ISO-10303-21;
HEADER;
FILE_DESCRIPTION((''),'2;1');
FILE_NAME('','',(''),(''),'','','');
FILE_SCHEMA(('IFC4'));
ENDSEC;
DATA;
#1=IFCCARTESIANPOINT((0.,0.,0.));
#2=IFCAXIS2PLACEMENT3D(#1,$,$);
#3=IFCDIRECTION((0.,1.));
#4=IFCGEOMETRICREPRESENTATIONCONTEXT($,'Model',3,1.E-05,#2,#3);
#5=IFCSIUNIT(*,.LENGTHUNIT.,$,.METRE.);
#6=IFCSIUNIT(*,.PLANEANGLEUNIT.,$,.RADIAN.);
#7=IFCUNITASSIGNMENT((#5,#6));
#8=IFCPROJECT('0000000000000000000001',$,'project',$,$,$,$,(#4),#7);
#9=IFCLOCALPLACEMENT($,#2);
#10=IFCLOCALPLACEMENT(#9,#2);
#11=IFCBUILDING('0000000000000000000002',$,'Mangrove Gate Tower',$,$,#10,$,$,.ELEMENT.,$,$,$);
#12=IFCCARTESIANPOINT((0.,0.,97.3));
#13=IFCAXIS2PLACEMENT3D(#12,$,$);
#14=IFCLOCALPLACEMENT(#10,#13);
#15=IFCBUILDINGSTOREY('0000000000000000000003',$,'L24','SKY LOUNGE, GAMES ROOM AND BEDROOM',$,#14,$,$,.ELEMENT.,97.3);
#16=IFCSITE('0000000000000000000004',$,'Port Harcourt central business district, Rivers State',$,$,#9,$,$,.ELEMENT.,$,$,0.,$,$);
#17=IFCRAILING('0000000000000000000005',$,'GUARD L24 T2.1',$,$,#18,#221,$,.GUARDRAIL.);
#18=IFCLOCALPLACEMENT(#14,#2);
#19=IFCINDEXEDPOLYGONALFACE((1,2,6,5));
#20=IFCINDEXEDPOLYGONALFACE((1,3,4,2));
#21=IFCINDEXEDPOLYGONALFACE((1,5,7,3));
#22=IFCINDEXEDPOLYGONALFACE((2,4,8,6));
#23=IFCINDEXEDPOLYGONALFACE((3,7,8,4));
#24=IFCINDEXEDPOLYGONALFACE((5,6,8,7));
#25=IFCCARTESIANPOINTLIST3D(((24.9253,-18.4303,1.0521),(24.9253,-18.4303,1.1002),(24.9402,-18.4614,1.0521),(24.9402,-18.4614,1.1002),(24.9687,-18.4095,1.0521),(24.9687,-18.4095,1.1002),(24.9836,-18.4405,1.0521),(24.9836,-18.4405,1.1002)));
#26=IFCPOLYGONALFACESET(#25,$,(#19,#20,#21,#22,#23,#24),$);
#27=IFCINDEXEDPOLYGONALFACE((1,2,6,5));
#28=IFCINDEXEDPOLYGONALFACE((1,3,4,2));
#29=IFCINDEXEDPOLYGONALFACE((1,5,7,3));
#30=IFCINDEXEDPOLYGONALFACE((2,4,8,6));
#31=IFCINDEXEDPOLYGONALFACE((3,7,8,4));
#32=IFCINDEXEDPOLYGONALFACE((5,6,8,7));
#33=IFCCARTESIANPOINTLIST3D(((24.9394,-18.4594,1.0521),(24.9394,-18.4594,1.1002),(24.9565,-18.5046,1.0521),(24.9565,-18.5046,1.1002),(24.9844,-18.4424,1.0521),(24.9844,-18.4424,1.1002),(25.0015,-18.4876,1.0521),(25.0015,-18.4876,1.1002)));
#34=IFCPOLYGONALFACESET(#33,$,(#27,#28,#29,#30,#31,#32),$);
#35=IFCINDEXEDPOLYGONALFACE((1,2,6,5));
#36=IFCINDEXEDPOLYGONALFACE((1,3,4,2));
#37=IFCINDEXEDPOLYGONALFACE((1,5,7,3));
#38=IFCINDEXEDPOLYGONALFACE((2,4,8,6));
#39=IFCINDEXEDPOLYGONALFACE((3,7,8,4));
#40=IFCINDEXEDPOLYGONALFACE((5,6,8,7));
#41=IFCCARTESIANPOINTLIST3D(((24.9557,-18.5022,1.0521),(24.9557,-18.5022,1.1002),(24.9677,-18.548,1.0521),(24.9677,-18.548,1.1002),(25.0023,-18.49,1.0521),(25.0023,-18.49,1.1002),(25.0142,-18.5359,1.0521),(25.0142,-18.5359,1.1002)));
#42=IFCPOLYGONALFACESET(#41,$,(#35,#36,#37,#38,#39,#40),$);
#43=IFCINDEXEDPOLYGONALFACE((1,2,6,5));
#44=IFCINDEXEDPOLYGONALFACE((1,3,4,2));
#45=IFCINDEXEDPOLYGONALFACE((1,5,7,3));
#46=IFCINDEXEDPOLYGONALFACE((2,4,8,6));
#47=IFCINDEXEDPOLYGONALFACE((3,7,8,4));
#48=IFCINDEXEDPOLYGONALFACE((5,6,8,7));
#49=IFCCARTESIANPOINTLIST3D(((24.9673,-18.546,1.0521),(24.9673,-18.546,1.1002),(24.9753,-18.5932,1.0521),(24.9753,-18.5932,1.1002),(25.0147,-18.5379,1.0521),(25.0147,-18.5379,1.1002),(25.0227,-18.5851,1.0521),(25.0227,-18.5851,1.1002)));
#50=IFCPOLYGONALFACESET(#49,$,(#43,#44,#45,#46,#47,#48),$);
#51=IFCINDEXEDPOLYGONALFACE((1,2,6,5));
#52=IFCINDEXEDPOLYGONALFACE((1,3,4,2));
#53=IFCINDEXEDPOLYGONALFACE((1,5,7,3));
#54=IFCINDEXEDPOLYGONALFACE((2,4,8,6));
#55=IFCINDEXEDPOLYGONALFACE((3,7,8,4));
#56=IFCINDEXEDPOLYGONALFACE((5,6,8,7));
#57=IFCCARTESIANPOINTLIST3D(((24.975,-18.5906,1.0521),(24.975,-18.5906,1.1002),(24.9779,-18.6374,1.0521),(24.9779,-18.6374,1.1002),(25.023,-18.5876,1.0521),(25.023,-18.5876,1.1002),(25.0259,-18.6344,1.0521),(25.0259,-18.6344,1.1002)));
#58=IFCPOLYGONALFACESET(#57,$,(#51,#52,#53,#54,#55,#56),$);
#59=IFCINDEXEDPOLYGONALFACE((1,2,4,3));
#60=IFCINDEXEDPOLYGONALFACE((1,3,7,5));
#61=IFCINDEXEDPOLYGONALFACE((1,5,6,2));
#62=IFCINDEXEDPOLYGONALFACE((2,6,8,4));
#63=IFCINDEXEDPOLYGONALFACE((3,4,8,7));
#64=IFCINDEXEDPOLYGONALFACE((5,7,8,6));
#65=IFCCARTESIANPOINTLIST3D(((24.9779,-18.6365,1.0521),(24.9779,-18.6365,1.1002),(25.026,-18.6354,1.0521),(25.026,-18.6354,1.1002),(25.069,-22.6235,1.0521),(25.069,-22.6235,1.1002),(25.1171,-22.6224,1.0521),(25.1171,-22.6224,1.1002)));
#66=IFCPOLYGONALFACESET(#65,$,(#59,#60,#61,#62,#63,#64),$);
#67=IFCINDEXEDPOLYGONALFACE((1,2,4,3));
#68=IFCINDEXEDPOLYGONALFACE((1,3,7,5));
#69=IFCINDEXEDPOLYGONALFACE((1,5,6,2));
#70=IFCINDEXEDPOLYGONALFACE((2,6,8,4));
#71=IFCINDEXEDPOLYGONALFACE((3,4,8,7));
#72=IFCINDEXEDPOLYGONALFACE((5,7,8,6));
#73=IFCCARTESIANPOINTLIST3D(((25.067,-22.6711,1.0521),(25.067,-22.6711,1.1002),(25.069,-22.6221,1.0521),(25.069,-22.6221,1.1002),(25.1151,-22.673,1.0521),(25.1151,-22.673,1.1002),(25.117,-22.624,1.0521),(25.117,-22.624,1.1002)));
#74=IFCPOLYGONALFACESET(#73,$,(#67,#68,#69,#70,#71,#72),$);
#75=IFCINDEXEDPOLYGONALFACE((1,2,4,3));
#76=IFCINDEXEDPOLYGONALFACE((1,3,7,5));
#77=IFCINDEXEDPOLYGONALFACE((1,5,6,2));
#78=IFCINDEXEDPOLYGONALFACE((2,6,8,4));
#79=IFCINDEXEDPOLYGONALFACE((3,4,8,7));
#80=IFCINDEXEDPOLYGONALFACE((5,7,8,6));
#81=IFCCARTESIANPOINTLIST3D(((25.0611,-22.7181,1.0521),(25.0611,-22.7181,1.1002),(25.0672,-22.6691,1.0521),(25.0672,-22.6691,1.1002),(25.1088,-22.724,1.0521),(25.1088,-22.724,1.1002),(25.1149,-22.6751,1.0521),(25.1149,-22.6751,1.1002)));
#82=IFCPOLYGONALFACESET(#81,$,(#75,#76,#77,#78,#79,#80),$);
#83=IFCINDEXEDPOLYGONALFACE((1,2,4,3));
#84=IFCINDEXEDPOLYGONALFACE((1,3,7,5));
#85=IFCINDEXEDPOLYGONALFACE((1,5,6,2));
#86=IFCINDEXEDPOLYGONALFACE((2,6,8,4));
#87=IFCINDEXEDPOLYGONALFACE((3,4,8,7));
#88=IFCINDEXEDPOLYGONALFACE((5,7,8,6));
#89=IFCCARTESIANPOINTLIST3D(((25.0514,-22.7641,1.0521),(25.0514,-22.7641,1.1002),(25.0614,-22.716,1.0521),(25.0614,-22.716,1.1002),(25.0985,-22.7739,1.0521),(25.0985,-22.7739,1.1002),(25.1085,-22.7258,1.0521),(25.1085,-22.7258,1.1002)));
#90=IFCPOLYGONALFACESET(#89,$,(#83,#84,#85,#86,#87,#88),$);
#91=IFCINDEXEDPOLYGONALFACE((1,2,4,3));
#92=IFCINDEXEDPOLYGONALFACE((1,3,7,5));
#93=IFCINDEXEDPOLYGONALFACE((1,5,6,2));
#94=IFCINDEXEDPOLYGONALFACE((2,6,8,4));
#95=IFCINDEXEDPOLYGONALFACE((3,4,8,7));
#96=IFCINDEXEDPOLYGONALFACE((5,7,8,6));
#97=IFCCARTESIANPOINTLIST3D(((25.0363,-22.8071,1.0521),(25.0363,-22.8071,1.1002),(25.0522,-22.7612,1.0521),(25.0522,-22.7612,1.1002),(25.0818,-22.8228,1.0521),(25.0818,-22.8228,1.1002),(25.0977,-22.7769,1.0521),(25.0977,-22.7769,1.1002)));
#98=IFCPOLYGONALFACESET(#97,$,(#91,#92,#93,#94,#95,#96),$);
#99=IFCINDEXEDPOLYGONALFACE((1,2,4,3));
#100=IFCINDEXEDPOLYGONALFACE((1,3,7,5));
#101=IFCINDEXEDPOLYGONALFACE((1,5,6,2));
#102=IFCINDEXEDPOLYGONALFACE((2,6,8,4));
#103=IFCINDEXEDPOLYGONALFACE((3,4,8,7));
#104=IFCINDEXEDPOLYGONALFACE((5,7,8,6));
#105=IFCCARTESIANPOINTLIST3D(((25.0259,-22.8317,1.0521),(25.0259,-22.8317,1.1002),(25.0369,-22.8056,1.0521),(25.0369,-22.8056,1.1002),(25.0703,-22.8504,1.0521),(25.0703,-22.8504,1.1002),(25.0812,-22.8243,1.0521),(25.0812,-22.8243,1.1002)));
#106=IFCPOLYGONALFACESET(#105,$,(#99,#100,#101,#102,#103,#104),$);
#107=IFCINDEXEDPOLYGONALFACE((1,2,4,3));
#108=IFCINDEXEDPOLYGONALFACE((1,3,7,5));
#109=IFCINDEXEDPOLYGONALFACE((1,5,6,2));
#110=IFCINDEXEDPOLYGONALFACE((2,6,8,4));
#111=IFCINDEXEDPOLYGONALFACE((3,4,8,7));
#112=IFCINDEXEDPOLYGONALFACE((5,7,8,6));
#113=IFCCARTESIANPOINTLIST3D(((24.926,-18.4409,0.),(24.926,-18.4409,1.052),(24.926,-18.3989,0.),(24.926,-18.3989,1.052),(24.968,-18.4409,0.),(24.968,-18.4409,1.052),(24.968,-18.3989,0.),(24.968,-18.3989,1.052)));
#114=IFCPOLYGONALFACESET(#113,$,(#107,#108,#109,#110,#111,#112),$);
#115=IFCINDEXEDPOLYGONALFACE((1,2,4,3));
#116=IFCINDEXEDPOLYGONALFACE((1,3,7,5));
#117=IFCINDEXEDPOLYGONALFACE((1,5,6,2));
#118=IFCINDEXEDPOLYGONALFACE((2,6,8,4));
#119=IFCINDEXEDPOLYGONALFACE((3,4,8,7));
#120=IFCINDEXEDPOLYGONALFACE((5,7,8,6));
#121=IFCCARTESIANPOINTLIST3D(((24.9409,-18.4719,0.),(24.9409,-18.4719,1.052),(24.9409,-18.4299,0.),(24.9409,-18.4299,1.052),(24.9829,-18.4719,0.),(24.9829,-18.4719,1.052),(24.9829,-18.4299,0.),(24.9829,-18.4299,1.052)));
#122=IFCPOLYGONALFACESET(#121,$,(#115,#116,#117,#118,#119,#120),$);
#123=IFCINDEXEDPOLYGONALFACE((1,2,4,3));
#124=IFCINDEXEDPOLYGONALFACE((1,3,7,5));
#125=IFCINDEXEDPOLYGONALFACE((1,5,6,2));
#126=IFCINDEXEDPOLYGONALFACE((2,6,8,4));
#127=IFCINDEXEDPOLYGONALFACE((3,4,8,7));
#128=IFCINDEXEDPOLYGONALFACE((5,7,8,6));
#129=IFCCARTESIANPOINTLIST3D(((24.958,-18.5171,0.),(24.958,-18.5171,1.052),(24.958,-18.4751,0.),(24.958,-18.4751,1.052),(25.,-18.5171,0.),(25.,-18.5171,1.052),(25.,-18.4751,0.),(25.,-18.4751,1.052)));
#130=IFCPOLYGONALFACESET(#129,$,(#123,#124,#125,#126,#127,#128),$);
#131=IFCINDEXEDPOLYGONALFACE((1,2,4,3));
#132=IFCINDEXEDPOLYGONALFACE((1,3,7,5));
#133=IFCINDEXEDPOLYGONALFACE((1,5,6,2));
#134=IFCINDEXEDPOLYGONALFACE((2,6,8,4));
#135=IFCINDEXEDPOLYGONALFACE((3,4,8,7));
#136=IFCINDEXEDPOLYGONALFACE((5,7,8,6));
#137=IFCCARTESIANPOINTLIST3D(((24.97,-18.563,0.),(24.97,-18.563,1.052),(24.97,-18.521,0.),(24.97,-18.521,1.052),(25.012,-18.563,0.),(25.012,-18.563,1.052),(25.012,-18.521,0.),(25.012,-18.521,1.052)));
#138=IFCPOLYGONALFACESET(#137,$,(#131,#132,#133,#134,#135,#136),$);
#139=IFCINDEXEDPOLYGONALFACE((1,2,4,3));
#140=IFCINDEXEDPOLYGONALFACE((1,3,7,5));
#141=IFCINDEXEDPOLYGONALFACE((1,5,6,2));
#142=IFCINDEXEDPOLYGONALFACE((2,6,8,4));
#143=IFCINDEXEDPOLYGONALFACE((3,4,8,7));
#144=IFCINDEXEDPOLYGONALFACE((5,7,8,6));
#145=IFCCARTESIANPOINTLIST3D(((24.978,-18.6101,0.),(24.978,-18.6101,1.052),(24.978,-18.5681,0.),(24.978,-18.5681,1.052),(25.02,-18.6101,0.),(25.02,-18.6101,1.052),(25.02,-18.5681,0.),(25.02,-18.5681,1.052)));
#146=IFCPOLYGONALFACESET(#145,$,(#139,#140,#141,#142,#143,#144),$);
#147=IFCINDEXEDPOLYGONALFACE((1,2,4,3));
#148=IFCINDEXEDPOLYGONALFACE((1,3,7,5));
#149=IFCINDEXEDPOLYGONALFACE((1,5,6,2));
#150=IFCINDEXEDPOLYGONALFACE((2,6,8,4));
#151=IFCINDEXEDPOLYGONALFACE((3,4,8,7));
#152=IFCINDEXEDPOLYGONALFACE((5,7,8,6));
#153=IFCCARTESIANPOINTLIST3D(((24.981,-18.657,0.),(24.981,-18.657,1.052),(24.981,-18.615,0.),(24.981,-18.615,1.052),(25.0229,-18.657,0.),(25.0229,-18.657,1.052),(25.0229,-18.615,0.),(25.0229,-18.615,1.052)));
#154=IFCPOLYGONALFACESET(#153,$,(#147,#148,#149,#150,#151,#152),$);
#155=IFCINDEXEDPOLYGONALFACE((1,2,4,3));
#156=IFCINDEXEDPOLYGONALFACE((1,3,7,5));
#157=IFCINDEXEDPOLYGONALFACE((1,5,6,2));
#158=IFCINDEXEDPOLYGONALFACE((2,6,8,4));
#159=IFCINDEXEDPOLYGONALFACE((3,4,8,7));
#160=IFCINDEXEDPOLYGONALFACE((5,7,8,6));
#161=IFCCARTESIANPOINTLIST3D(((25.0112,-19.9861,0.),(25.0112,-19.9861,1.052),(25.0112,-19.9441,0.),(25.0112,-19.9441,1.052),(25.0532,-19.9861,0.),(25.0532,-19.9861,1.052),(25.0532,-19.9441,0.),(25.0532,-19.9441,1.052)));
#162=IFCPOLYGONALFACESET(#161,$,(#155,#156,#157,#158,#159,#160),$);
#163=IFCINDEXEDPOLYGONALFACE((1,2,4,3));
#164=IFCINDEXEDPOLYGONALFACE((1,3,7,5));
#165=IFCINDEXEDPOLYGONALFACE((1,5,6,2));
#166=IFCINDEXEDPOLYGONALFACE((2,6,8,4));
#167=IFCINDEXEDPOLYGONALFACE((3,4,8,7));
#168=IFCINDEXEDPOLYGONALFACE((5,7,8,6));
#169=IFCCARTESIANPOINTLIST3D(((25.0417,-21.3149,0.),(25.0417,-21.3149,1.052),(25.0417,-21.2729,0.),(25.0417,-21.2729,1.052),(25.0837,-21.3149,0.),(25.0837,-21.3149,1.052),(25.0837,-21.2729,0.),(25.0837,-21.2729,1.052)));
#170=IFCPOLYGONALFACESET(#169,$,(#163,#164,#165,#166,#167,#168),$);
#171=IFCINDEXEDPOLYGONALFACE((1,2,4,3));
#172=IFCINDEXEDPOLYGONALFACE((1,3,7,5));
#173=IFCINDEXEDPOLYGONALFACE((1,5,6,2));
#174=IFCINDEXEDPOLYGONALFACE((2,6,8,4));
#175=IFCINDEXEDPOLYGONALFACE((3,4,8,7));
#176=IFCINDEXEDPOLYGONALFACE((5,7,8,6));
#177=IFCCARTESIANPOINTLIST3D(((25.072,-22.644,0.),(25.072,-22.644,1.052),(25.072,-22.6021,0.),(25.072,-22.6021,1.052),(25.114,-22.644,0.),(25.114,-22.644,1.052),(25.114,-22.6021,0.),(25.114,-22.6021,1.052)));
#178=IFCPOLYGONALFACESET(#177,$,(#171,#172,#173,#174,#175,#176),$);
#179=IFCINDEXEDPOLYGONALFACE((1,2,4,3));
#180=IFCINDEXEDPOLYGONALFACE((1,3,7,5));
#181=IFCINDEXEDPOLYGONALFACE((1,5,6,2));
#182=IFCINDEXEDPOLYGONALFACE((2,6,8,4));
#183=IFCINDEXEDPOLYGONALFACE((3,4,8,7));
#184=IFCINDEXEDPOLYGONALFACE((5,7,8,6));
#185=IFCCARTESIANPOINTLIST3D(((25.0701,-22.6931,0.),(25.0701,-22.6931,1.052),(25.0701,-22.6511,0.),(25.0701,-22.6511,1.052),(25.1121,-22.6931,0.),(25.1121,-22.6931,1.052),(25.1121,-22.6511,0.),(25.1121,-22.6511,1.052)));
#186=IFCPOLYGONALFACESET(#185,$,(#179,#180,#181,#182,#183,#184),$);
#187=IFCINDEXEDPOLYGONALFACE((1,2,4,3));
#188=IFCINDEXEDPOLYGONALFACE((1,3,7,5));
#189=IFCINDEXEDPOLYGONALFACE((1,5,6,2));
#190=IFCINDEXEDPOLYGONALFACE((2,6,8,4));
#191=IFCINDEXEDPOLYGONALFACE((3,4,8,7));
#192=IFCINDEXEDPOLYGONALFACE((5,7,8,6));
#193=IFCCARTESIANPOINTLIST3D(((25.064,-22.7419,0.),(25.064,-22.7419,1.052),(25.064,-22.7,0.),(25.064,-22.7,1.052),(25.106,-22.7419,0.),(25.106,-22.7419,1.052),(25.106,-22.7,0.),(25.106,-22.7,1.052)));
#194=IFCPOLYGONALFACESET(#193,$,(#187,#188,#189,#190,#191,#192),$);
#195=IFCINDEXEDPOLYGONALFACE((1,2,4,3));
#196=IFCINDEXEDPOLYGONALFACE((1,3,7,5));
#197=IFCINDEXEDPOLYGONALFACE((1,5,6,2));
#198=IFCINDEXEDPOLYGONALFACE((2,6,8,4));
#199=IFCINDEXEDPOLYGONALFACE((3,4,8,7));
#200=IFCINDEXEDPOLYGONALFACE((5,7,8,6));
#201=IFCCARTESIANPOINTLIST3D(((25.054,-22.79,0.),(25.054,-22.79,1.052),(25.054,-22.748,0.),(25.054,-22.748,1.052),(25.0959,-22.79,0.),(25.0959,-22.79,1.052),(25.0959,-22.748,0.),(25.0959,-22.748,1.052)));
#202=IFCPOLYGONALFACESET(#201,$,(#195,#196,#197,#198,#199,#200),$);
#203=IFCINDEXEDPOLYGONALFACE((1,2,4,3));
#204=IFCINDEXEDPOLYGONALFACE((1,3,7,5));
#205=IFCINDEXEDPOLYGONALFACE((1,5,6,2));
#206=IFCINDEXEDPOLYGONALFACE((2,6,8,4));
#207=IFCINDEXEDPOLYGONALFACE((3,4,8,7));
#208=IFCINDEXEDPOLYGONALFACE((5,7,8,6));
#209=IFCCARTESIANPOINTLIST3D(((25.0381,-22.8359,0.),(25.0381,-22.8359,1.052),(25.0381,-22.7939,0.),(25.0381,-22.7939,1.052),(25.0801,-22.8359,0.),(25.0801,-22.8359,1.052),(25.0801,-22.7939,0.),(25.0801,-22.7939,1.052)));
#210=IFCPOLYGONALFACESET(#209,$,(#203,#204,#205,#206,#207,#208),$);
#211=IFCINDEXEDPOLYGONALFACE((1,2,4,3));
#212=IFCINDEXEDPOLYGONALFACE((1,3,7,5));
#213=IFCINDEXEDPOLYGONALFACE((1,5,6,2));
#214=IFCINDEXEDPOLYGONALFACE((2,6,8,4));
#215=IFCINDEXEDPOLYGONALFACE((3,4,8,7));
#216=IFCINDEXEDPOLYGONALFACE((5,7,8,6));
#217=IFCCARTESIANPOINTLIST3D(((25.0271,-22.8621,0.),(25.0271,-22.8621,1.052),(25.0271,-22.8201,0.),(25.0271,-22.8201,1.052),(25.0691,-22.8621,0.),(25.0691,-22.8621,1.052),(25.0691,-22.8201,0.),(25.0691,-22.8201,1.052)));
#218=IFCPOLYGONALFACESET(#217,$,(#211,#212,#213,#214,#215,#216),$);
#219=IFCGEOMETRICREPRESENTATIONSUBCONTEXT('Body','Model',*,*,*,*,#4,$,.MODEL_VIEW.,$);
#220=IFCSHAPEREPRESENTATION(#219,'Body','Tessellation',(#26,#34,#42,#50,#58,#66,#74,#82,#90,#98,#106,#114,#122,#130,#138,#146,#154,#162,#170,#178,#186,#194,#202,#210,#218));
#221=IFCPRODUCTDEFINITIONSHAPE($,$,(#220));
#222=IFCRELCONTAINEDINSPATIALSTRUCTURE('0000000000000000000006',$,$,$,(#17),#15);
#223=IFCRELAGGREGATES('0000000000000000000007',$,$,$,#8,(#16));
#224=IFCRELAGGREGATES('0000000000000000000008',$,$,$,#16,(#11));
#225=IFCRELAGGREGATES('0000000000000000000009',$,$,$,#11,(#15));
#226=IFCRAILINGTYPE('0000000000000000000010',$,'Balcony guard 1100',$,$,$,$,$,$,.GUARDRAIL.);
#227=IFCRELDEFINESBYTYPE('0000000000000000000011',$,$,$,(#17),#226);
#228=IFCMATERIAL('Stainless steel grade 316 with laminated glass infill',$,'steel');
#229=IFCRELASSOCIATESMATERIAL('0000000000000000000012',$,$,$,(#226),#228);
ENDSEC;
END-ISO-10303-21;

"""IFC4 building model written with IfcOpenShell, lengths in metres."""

from ifc_helpers import new_model, si_unit, direction, frame, origin, origin_2d, place, context, subcontext, project, spatial, rectangle, extrude, material, type_object, element, save


model = new_model("IFC4")

# Units and contexts
model_context = context("Model", 3, precision=1e-05, world=origin(), true_north=direction((0.0, 1.0)))
body_context = subcontext(model_context, "Body", "Model", "MODEL_VIEW")
ifc_project = project(units=[si_unit("LENGTHUNIT", "METRE"), si_unit("PLANEANGLEUNIT", "RADIAN")], contexts=[model_context])

# Site, building, storey
site_placement = place(None, origin())
site = spatial("IfcSite", under=ifc_project, at=site_placement, Name="Port Harcourt central business district, Rivers State", CompositionType="ELEMENT", RefElevation=0.0)
building_placement = place(site_placement, origin())
building = spatial("IfcBuilding", under=site, at=building_placement, Name="Mangrove Gate Tower", CompositionType="ELEMENT")
storey_placement = place(building_placement, frame((0.0, 0.0, 97.3)))
storey = spatial("IfcBuildingStorey", under=building, at=storey_placement, Name="L24", Description="SKY LOUNGE, GAMES ROOM AND BEDROOM", CompositionType="ELEMENT", Elevation=97.3)

# Railing
ifc_material_1 = material(Name="Stainless steel grade 316 with laminated glass infill", Category="steel")
railing_type = type_object("IfcRailingType", Name="Balcony guard 1100", PredefinedType="GUARDRAIL", material=ifc_material_1)
railing_1_placement = place(storey_placement, frame((24.947, -18.4199, 0.0)))
element("IfcRailing", 1, at=railing_1_placement, inside=storey, type_object=railing_type, Name="GUARD L24 T2.1", PredefinedType="GUARDRAIL", context=body_context, shape_type="SweptSolid", body=[
    extrude(rectangle(XDim=0.0481, YDim=0.0481, at=origin_2d()), frame((0.0, 0.0, 1.0762), z_axis=(0.432962, -0.901412, 0.0), x_axis=(0.901412, 0.432962, 0.0)), (0.0, 0.0, 1.0), 0.0344),
    extrude(rectangle(XDim=0.0481, YDim=0.0481, at=origin_2d()), frame((0.0149, -0.031, 1.0762), z_axis=(0.353892, -0.935286, 0.0), x_axis=(0.935286, 0.353892, 0.0)), (0.0, 0.0, 1.0), 0.0483),
    extrude(rectangle(XDim=0.0481, YDim=0.0481, at=origin_2d()), frame((0.032, -0.0762, 1.0762), z_axis=(0.252212, -0.967672, 0.0), x_axis=(0.967672, 0.252212, 0.0)), (0.0, 0.0, 1.0), 0.0474),
    extrude(rectangle(XDim=0.0481, YDim=0.0481, at=origin_2d()), frame((0.0439, -0.1221, 1.0762), z_axis=(0.168539, -0.985695, 0.0), x_axis=(0.985695, 0.168539, 0.0)), (0.0, 0.0, 1.0), 0.0479),
    extrude(rectangle(XDim=0.0481, YDim=0.0481, at=origin_2d()), frame((0.052, -0.1692, 1.0762), z_axis=(0.062378, -0.998053, 0.0), x_axis=(0.998053, 0.062378, 0.0)), (0.0, 0.0, 1.0), 0.0469),
    extrude(rectangle(XDim=0.0481, YDim=0.0481, at=origin_2d()), frame((0.0549, -0.2161, 1.0762), z_axis=(0.022834, -0.999739, 0.0), x_axis=(0.999739, 0.022834, 0.0)), (0.0, 0.0, 1.0), 3.988),
    extrude(rectangle(XDim=0.0481, YDim=0.0481, at=origin_2d()), frame((0.146, -4.2031, 1.0762), z_axis=(-0.03977, -0.999209, 0.0), x_axis=(0.999209, -0.03977, 0.0)), (0.0, 0.0, 1.0), 0.0491),
    extrude(rectangle(XDim=0.0481, YDim=0.0481, at=origin_2d()), frame((0.144, -4.2522, 1.0762), z_axis=(-0.124035, -0.992278, 0.0), x_axis=(0.992278, -0.124035, 0.0)), (0.0, 0.0, 1.0), 0.0493),
    extrude(rectangle(XDim=0.0481, YDim=0.0481, at=origin_2d()), frame((0.1379, -4.301, 1.0762), z_axis=(-0.203756, -0.979022, 0.0), x_axis=(0.979022, -0.203756, 0.0)), (0.0, 0.0, 1.0), 0.0491),
    extrude(rectangle(XDim=0.0481, YDim=0.0481, at=origin_2d()), frame((0.1279, -4.3491, 1.0762), z_axis=(-0.326765, -0.945106, 0.0), x_axis=(0.945106, -0.326765, 0.0)), (0.0, 0.0, 1.0), 0.0486),
    extrude(rectangle(XDim=0.0481, YDim=0.0481, at=origin_2d()), frame((0.1121, -4.395, 1.0762), z_axis=(-0.387672, -0.921797, 0.0), x_axis=(0.921797, -0.387672, 0.0)), (0.0, 0.0, 1.0), 0.0283),
    extrude(rectangle(XDim=0.042, YDim=0.042, at=origin_2d()), origin(), (0.0, 0.0, 1.0), 1.052),
    extrude(rectangle(XDim=0.042, YDim=0.042, at=origin_2d()), frame((0.0149, -0.031, 0.0)), (0.0, 0.0, 1.0), 1.052),
    extrude(rectangle(XDim=0.042, YDim=0.042, at=origin_2d()), frame((0.032, -0.0762, 0.0)), (0.0, 0.0, 1.0), 1.052),
    extrude(rectangle(XDim=0.042, YDim=0.042, at=origin_2d()), frame((0.0439, -0.1221, 0.0)), (0.0, 0.0, 1.0), 1.052),
    extrude(rectangle(XDim=0.042, YDim=0.042, at=origin_2d()), frame((0.052, -0.1692, 0.0)), (0.0, 0.0, 1.0), 1.052),
    extrude(rectangle(XDim=0.042, YDim=0.042, at=origin_2d()), frame((0.0549, -0.2161, 0.0)), (0.0, 0.0, 1.0), 1.052),
    extrude(rectangle(XDim=0.042, YDim=0.042, at=origin_2d()), frame((0.0852, -1.5452, 0.0)), (0.0, 0.0, 1.0), 1.052),
    extrude(rectangle(XDim=0.042, YDim=0.042, at=origin_2d()), frame((0.1157, -2.874, 0.0)), (0.0, 0.0, 1.0), 1.052),
    extrude(rectangle(XDim=0.042, YDim=0.042, at=origin_2d()), frame((0.146, -4.2031, 0.0)), (0.0, 0.0, 1.0), 1.052),
    extrude(rectangle(XDim=0.042, YDim=0.042, at=origin_2d()), frame((0.144, -4.2522, 0.0)), (0.0, 0.0, 1.0), 1.052),
    extrude(rectangle(XDim=0.042, YDim=0.042, at=origin_2d()), frame((0.1379, -4.301, 0.0)), (0.0, 0.0, 1.0), 1.052),
    extrude(rectangle(XDim=0.042, YDim=0.042, at=origin_2d()), frame((0.1279, -4.3491, 0.0)), (0.0, 0.0, 1.0), 1.052),
    extrude(rectangle(XDim=0.042, YDim=0.042, at=origin_2d()), frame((0.1121, -4.395, 0.0)), (0.0, 0.0, 1.0), 1.052),
    extrude(rectangle(XDim=0.042, YDim=0.042, at=origin_2d()), frame((0.1011, -4.4211, 0.0)), (0.0, 0.0, 1.0), 1.052),
])

save(model, "model.ifc")
